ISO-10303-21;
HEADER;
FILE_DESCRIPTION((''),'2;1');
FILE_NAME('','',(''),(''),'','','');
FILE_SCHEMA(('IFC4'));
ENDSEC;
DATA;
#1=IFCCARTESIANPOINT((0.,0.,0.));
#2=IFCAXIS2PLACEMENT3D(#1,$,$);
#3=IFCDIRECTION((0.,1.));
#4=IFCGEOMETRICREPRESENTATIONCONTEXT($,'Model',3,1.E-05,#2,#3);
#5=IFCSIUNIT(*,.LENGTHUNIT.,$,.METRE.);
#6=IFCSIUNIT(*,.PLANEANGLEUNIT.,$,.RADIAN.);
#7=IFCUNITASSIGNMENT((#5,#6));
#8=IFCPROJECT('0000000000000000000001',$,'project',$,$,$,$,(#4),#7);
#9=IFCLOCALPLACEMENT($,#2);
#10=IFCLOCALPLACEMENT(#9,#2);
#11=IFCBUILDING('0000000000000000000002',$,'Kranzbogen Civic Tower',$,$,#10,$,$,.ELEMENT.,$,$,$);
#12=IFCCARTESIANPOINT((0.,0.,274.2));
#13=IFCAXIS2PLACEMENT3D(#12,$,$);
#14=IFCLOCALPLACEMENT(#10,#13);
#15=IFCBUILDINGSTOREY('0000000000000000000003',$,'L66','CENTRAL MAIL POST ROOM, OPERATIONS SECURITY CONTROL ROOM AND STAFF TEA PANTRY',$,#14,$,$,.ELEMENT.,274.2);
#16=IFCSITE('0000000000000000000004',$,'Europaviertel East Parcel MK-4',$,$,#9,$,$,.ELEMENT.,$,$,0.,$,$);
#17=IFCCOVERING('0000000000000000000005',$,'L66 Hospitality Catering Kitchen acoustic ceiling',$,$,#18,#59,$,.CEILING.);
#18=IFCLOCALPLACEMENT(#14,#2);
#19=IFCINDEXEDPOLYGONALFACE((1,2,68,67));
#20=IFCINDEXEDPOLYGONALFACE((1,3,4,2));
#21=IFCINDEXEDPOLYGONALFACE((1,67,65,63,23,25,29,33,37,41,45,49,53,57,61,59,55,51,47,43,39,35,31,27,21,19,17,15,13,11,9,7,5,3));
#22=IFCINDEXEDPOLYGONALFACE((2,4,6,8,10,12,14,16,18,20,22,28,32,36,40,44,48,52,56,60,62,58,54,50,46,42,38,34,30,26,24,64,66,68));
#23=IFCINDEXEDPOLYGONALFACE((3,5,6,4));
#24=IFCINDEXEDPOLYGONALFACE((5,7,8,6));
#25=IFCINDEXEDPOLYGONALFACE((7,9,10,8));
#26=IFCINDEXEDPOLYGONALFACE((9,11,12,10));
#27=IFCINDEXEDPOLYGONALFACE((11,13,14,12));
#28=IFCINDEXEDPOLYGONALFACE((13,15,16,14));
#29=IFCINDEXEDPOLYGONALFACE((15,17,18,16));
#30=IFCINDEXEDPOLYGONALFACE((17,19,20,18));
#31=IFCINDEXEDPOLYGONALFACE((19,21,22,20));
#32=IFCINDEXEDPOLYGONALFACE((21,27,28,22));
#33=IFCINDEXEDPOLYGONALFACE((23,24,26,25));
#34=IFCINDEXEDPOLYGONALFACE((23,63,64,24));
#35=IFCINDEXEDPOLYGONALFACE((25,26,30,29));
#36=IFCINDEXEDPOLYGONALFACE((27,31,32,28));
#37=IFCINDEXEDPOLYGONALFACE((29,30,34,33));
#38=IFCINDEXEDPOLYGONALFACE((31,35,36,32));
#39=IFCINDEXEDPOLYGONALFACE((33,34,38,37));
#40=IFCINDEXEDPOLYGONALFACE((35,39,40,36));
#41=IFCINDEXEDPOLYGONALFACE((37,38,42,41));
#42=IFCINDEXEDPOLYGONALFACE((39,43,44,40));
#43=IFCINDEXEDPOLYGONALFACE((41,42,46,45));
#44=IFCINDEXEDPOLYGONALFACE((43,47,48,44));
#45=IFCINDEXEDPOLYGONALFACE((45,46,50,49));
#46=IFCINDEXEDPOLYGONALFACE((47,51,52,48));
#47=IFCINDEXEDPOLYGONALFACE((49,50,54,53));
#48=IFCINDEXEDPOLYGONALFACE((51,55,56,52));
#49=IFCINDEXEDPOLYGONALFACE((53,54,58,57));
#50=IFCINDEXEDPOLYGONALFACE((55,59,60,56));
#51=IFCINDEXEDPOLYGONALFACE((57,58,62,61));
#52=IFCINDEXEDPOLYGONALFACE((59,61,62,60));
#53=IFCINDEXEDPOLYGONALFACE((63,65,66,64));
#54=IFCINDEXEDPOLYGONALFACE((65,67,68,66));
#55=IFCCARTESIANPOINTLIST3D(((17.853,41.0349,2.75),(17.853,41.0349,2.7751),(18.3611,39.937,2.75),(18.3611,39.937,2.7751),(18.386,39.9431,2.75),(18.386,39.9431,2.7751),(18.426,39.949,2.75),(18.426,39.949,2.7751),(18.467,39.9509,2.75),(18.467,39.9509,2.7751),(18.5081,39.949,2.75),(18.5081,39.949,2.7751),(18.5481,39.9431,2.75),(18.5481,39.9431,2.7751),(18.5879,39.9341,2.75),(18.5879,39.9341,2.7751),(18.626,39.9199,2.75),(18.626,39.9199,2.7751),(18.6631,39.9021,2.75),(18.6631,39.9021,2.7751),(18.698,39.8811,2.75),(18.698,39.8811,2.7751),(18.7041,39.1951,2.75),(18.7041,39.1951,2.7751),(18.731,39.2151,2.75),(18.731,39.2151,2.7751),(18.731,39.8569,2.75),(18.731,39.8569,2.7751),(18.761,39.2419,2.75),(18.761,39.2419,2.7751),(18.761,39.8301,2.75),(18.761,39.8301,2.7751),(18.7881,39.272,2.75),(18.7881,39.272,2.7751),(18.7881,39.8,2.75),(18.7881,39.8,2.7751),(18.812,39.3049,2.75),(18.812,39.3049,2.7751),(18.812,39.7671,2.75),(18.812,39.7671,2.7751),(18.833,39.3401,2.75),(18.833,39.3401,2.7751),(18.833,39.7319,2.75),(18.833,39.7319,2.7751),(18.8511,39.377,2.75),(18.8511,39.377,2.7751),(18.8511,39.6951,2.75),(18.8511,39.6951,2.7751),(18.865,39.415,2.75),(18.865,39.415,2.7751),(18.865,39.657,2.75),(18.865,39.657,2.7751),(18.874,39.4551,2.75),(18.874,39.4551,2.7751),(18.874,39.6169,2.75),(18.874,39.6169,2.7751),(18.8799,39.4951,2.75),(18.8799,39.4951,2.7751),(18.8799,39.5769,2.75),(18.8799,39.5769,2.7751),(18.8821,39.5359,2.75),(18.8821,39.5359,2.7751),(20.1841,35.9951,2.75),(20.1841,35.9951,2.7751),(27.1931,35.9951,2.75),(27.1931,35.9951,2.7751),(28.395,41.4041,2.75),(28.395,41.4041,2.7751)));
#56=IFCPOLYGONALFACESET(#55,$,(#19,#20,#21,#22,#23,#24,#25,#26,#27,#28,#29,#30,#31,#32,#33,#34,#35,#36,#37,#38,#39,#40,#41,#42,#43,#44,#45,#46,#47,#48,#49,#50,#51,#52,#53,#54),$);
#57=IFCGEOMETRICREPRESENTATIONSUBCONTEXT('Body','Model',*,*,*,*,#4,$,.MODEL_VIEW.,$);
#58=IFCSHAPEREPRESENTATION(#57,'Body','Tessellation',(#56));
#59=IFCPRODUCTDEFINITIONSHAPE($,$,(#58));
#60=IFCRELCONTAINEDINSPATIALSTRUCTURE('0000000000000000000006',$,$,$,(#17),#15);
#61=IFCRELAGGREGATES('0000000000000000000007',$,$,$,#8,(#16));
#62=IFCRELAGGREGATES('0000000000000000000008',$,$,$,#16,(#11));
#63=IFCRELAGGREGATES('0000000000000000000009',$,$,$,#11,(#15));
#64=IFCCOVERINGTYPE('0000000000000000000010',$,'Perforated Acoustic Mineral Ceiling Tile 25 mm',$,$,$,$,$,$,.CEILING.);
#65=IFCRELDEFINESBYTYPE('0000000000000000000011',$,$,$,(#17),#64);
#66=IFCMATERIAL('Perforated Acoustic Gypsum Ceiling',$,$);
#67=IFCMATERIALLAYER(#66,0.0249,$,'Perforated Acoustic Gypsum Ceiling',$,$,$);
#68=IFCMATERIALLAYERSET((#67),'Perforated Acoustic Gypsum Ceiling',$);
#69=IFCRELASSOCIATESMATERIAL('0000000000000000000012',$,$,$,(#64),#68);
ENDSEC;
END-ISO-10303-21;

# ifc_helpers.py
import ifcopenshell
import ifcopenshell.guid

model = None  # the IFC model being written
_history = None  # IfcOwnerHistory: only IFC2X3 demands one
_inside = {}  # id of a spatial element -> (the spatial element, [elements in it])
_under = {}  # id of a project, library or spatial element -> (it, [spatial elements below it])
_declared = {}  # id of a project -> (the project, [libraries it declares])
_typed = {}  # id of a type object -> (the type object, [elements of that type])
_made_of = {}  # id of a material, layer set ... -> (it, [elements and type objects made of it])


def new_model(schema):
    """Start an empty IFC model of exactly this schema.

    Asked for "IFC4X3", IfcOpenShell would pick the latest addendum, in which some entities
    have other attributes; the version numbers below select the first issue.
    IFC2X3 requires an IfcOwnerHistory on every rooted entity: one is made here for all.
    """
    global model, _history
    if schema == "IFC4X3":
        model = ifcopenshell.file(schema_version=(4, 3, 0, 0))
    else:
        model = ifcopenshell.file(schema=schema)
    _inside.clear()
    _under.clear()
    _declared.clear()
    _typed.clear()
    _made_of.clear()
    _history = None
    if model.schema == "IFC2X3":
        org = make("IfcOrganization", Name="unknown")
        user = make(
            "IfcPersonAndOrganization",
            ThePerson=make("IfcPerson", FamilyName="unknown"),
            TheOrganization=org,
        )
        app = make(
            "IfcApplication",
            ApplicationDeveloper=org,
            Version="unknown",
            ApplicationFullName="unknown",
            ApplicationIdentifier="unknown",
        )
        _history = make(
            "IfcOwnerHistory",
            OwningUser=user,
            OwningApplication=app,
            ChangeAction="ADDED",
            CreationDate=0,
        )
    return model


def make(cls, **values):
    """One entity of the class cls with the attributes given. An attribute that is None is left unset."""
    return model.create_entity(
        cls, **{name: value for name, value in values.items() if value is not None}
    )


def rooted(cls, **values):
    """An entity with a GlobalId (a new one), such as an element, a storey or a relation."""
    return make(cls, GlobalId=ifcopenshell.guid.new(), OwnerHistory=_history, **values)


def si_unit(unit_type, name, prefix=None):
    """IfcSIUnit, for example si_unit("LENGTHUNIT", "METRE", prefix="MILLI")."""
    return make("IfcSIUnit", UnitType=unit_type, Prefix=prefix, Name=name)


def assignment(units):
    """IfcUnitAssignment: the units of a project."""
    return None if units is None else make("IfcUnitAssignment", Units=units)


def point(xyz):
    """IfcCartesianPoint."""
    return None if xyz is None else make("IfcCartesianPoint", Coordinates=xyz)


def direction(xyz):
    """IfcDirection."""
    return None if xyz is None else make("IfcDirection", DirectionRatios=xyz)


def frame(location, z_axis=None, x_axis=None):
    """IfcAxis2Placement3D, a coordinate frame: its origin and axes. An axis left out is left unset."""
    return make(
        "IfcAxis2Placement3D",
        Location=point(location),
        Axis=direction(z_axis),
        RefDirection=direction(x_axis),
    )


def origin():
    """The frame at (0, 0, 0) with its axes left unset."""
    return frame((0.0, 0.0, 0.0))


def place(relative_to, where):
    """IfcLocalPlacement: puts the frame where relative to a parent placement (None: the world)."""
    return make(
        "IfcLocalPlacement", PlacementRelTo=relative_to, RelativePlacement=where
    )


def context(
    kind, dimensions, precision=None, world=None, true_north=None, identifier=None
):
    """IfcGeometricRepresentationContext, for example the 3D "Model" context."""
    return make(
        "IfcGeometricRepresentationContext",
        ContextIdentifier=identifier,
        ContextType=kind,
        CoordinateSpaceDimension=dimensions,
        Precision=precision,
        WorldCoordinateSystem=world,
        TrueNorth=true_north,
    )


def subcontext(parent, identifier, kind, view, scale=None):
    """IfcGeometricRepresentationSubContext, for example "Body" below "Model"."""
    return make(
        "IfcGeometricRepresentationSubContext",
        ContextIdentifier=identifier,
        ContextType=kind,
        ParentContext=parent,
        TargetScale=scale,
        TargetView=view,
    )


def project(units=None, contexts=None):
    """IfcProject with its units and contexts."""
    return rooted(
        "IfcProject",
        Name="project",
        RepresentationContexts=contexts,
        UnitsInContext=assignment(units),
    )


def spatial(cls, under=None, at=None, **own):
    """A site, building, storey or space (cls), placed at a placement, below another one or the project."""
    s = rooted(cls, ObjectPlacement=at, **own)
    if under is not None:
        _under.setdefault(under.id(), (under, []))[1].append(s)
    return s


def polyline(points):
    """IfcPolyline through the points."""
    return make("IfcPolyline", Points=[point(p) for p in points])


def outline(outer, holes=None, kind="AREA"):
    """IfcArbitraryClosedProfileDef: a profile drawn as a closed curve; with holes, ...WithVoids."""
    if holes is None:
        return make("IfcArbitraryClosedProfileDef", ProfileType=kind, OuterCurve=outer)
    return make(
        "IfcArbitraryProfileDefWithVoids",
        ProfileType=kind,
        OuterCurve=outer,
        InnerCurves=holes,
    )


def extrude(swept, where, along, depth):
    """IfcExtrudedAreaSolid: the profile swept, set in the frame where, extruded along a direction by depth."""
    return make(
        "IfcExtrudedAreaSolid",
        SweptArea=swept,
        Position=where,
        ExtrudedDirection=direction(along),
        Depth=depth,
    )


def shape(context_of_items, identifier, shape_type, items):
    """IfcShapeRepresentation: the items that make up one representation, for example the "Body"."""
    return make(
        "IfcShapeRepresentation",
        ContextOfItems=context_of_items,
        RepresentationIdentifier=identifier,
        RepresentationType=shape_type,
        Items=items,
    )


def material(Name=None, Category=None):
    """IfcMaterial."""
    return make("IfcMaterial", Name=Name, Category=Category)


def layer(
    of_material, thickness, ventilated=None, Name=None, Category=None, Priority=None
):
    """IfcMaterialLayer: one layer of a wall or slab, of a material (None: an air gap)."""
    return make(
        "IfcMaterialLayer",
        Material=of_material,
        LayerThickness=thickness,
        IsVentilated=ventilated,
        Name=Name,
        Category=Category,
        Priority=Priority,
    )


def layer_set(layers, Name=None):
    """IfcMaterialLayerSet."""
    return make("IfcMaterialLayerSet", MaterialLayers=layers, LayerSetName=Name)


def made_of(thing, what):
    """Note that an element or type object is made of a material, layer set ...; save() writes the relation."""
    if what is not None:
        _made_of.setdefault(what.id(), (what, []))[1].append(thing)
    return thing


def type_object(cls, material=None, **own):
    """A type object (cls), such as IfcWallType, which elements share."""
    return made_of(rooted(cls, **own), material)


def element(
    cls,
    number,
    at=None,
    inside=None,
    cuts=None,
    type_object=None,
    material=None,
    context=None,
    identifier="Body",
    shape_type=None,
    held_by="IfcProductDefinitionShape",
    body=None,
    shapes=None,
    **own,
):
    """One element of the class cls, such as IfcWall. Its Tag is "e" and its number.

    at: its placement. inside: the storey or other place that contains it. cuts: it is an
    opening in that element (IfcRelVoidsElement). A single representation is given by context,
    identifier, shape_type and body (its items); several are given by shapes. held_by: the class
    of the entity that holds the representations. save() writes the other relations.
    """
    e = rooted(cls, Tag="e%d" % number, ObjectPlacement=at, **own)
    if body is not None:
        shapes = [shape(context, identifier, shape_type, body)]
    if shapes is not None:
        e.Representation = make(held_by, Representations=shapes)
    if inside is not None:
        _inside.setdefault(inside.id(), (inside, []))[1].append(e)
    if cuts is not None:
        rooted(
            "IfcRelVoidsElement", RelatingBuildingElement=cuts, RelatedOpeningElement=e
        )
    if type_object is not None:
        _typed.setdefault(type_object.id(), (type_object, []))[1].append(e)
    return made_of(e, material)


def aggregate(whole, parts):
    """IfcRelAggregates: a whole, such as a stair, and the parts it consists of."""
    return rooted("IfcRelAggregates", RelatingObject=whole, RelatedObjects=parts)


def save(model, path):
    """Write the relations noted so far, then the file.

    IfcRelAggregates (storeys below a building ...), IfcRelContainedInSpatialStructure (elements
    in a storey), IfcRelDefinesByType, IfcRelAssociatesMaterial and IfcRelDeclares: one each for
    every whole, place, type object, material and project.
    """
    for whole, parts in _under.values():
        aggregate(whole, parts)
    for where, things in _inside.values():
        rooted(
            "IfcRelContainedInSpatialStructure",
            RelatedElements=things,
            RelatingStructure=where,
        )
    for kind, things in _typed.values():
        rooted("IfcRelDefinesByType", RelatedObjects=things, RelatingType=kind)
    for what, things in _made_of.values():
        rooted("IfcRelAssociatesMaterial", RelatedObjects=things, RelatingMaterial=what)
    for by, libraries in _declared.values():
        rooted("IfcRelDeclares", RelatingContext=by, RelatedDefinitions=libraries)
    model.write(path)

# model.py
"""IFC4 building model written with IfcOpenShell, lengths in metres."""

from ifc_helpers import new_model, si_unit, direction, frame, origin, place, context, subcontext, project, spatial, polyline, outline, extrude, material, layer, layer_set, type_object, element, save


model = new_model("IFC4")

# Units and contexts
model_context = context("Model", 3, precision=1e-05, world=origin(), true_north=direction((0.0, 1.0)))
body_context = subcontext(model_context, "Body", "Model", "MODEL_VIEW")
ifc_project = project(units=[si_unit("LENGTHUNIT", "METRE"), si_unit("PLANEANGLEUNIT", "RADIAN")], contexts=[model_context])

# Site, building, storey
site_placement = place(None, origin())
site = spatial("IfcSite", under=ifc_project, at=site_placement, Name="Europaviertel East Parcel MK-4", CompositionType="ELEMENT", RefElevation=0.0)
building_placement = place(site_placement, origin())
building = spatial("IfcBuilding", under=site, at=building_placement, Name="Kranzbogen Civic Tower", CompositionType="ELEMENT")
storey_placement = place(building_placement, frame((0.0, 0.0, 274.2)))
storey = spatial("IfcBuildingStorey", under=building, at=storey_placement, Name="L66", Description="CENTRAL MAIL POST ROOM, OPERATIONS SECURITY CONTROL ROOM AND STAFF TEA PANTRY", CompositionType="ELEMENT", Elevation=274.2)

# Covering
ifc_material_1 = material(Name="Perforated Acoustic Gypsum Ceiling")
ifc_layer_1 = layer(ifc_material_1, 0.0249, Name="Perforated Acoustic Gypsum Ceiling")
ifc_layer_set_1 = layer_set([ifc_layer_1], Name="Perforated Acoustic Gypsum Ceiling")
covering_type_1 = type_object("IfcCoveringType", Name="Perforated Acoustic Mineral Ceiling Tile 25 mm", PredefinedType="CEILING", material=ifc_layer_set_1)
covering_1_placement = place(storey_placement, frame((0.0, 0.0, 2.75)))
element("IfcCovering", 1, at=covering_1_placement, inside=storey, type_object=covering_type_1, Name="L66 Hospitality Catering Kitchen acoustic ceiling", PredefinedType="CEILING", context=body_context, shape_type="SweptSolid", body=[
    extrude(outline(polyline([(18.7041, 39.1951), (18.731, 39.2151), (18.761, 39.2419), (18.7881, 39.272), (18.812, 39.3049), (18.833, 39.3401), (18.8511, 39.377), (18.865, 39.415), (18.874, 39.4551), (18.8799, 39.4951), (18.8821, 39.5359), (18.8799, 39.5769), (18.874, 39.6169), (18.865, 39.657), (18.8511, 39.6951), (18.833, 39.7319), (18.812, 39.7671), (18.7881, 39.8), (18.761, 39.8301), (18.731, 39.8569), (18.698, 39.8811), (18.6631, 39.9021), (18.626, 39.9199), (18.5879, 39.9341), (18.5481, 39.9431), (18.5081, 39.949), (18.467, 39.9509), (18.426, 39.949), (18.386, 39.9431), (18.3611, 39.937), (17.853, 41.0349), (28.395, 41.4041), (27.1931, 35.9951), (20.1841, 35.9951), (18.7041, 39.1951)])), origin(), (0.0, 0.0, 1.0), 0.0251),
])

save(model, "model.ifc")
